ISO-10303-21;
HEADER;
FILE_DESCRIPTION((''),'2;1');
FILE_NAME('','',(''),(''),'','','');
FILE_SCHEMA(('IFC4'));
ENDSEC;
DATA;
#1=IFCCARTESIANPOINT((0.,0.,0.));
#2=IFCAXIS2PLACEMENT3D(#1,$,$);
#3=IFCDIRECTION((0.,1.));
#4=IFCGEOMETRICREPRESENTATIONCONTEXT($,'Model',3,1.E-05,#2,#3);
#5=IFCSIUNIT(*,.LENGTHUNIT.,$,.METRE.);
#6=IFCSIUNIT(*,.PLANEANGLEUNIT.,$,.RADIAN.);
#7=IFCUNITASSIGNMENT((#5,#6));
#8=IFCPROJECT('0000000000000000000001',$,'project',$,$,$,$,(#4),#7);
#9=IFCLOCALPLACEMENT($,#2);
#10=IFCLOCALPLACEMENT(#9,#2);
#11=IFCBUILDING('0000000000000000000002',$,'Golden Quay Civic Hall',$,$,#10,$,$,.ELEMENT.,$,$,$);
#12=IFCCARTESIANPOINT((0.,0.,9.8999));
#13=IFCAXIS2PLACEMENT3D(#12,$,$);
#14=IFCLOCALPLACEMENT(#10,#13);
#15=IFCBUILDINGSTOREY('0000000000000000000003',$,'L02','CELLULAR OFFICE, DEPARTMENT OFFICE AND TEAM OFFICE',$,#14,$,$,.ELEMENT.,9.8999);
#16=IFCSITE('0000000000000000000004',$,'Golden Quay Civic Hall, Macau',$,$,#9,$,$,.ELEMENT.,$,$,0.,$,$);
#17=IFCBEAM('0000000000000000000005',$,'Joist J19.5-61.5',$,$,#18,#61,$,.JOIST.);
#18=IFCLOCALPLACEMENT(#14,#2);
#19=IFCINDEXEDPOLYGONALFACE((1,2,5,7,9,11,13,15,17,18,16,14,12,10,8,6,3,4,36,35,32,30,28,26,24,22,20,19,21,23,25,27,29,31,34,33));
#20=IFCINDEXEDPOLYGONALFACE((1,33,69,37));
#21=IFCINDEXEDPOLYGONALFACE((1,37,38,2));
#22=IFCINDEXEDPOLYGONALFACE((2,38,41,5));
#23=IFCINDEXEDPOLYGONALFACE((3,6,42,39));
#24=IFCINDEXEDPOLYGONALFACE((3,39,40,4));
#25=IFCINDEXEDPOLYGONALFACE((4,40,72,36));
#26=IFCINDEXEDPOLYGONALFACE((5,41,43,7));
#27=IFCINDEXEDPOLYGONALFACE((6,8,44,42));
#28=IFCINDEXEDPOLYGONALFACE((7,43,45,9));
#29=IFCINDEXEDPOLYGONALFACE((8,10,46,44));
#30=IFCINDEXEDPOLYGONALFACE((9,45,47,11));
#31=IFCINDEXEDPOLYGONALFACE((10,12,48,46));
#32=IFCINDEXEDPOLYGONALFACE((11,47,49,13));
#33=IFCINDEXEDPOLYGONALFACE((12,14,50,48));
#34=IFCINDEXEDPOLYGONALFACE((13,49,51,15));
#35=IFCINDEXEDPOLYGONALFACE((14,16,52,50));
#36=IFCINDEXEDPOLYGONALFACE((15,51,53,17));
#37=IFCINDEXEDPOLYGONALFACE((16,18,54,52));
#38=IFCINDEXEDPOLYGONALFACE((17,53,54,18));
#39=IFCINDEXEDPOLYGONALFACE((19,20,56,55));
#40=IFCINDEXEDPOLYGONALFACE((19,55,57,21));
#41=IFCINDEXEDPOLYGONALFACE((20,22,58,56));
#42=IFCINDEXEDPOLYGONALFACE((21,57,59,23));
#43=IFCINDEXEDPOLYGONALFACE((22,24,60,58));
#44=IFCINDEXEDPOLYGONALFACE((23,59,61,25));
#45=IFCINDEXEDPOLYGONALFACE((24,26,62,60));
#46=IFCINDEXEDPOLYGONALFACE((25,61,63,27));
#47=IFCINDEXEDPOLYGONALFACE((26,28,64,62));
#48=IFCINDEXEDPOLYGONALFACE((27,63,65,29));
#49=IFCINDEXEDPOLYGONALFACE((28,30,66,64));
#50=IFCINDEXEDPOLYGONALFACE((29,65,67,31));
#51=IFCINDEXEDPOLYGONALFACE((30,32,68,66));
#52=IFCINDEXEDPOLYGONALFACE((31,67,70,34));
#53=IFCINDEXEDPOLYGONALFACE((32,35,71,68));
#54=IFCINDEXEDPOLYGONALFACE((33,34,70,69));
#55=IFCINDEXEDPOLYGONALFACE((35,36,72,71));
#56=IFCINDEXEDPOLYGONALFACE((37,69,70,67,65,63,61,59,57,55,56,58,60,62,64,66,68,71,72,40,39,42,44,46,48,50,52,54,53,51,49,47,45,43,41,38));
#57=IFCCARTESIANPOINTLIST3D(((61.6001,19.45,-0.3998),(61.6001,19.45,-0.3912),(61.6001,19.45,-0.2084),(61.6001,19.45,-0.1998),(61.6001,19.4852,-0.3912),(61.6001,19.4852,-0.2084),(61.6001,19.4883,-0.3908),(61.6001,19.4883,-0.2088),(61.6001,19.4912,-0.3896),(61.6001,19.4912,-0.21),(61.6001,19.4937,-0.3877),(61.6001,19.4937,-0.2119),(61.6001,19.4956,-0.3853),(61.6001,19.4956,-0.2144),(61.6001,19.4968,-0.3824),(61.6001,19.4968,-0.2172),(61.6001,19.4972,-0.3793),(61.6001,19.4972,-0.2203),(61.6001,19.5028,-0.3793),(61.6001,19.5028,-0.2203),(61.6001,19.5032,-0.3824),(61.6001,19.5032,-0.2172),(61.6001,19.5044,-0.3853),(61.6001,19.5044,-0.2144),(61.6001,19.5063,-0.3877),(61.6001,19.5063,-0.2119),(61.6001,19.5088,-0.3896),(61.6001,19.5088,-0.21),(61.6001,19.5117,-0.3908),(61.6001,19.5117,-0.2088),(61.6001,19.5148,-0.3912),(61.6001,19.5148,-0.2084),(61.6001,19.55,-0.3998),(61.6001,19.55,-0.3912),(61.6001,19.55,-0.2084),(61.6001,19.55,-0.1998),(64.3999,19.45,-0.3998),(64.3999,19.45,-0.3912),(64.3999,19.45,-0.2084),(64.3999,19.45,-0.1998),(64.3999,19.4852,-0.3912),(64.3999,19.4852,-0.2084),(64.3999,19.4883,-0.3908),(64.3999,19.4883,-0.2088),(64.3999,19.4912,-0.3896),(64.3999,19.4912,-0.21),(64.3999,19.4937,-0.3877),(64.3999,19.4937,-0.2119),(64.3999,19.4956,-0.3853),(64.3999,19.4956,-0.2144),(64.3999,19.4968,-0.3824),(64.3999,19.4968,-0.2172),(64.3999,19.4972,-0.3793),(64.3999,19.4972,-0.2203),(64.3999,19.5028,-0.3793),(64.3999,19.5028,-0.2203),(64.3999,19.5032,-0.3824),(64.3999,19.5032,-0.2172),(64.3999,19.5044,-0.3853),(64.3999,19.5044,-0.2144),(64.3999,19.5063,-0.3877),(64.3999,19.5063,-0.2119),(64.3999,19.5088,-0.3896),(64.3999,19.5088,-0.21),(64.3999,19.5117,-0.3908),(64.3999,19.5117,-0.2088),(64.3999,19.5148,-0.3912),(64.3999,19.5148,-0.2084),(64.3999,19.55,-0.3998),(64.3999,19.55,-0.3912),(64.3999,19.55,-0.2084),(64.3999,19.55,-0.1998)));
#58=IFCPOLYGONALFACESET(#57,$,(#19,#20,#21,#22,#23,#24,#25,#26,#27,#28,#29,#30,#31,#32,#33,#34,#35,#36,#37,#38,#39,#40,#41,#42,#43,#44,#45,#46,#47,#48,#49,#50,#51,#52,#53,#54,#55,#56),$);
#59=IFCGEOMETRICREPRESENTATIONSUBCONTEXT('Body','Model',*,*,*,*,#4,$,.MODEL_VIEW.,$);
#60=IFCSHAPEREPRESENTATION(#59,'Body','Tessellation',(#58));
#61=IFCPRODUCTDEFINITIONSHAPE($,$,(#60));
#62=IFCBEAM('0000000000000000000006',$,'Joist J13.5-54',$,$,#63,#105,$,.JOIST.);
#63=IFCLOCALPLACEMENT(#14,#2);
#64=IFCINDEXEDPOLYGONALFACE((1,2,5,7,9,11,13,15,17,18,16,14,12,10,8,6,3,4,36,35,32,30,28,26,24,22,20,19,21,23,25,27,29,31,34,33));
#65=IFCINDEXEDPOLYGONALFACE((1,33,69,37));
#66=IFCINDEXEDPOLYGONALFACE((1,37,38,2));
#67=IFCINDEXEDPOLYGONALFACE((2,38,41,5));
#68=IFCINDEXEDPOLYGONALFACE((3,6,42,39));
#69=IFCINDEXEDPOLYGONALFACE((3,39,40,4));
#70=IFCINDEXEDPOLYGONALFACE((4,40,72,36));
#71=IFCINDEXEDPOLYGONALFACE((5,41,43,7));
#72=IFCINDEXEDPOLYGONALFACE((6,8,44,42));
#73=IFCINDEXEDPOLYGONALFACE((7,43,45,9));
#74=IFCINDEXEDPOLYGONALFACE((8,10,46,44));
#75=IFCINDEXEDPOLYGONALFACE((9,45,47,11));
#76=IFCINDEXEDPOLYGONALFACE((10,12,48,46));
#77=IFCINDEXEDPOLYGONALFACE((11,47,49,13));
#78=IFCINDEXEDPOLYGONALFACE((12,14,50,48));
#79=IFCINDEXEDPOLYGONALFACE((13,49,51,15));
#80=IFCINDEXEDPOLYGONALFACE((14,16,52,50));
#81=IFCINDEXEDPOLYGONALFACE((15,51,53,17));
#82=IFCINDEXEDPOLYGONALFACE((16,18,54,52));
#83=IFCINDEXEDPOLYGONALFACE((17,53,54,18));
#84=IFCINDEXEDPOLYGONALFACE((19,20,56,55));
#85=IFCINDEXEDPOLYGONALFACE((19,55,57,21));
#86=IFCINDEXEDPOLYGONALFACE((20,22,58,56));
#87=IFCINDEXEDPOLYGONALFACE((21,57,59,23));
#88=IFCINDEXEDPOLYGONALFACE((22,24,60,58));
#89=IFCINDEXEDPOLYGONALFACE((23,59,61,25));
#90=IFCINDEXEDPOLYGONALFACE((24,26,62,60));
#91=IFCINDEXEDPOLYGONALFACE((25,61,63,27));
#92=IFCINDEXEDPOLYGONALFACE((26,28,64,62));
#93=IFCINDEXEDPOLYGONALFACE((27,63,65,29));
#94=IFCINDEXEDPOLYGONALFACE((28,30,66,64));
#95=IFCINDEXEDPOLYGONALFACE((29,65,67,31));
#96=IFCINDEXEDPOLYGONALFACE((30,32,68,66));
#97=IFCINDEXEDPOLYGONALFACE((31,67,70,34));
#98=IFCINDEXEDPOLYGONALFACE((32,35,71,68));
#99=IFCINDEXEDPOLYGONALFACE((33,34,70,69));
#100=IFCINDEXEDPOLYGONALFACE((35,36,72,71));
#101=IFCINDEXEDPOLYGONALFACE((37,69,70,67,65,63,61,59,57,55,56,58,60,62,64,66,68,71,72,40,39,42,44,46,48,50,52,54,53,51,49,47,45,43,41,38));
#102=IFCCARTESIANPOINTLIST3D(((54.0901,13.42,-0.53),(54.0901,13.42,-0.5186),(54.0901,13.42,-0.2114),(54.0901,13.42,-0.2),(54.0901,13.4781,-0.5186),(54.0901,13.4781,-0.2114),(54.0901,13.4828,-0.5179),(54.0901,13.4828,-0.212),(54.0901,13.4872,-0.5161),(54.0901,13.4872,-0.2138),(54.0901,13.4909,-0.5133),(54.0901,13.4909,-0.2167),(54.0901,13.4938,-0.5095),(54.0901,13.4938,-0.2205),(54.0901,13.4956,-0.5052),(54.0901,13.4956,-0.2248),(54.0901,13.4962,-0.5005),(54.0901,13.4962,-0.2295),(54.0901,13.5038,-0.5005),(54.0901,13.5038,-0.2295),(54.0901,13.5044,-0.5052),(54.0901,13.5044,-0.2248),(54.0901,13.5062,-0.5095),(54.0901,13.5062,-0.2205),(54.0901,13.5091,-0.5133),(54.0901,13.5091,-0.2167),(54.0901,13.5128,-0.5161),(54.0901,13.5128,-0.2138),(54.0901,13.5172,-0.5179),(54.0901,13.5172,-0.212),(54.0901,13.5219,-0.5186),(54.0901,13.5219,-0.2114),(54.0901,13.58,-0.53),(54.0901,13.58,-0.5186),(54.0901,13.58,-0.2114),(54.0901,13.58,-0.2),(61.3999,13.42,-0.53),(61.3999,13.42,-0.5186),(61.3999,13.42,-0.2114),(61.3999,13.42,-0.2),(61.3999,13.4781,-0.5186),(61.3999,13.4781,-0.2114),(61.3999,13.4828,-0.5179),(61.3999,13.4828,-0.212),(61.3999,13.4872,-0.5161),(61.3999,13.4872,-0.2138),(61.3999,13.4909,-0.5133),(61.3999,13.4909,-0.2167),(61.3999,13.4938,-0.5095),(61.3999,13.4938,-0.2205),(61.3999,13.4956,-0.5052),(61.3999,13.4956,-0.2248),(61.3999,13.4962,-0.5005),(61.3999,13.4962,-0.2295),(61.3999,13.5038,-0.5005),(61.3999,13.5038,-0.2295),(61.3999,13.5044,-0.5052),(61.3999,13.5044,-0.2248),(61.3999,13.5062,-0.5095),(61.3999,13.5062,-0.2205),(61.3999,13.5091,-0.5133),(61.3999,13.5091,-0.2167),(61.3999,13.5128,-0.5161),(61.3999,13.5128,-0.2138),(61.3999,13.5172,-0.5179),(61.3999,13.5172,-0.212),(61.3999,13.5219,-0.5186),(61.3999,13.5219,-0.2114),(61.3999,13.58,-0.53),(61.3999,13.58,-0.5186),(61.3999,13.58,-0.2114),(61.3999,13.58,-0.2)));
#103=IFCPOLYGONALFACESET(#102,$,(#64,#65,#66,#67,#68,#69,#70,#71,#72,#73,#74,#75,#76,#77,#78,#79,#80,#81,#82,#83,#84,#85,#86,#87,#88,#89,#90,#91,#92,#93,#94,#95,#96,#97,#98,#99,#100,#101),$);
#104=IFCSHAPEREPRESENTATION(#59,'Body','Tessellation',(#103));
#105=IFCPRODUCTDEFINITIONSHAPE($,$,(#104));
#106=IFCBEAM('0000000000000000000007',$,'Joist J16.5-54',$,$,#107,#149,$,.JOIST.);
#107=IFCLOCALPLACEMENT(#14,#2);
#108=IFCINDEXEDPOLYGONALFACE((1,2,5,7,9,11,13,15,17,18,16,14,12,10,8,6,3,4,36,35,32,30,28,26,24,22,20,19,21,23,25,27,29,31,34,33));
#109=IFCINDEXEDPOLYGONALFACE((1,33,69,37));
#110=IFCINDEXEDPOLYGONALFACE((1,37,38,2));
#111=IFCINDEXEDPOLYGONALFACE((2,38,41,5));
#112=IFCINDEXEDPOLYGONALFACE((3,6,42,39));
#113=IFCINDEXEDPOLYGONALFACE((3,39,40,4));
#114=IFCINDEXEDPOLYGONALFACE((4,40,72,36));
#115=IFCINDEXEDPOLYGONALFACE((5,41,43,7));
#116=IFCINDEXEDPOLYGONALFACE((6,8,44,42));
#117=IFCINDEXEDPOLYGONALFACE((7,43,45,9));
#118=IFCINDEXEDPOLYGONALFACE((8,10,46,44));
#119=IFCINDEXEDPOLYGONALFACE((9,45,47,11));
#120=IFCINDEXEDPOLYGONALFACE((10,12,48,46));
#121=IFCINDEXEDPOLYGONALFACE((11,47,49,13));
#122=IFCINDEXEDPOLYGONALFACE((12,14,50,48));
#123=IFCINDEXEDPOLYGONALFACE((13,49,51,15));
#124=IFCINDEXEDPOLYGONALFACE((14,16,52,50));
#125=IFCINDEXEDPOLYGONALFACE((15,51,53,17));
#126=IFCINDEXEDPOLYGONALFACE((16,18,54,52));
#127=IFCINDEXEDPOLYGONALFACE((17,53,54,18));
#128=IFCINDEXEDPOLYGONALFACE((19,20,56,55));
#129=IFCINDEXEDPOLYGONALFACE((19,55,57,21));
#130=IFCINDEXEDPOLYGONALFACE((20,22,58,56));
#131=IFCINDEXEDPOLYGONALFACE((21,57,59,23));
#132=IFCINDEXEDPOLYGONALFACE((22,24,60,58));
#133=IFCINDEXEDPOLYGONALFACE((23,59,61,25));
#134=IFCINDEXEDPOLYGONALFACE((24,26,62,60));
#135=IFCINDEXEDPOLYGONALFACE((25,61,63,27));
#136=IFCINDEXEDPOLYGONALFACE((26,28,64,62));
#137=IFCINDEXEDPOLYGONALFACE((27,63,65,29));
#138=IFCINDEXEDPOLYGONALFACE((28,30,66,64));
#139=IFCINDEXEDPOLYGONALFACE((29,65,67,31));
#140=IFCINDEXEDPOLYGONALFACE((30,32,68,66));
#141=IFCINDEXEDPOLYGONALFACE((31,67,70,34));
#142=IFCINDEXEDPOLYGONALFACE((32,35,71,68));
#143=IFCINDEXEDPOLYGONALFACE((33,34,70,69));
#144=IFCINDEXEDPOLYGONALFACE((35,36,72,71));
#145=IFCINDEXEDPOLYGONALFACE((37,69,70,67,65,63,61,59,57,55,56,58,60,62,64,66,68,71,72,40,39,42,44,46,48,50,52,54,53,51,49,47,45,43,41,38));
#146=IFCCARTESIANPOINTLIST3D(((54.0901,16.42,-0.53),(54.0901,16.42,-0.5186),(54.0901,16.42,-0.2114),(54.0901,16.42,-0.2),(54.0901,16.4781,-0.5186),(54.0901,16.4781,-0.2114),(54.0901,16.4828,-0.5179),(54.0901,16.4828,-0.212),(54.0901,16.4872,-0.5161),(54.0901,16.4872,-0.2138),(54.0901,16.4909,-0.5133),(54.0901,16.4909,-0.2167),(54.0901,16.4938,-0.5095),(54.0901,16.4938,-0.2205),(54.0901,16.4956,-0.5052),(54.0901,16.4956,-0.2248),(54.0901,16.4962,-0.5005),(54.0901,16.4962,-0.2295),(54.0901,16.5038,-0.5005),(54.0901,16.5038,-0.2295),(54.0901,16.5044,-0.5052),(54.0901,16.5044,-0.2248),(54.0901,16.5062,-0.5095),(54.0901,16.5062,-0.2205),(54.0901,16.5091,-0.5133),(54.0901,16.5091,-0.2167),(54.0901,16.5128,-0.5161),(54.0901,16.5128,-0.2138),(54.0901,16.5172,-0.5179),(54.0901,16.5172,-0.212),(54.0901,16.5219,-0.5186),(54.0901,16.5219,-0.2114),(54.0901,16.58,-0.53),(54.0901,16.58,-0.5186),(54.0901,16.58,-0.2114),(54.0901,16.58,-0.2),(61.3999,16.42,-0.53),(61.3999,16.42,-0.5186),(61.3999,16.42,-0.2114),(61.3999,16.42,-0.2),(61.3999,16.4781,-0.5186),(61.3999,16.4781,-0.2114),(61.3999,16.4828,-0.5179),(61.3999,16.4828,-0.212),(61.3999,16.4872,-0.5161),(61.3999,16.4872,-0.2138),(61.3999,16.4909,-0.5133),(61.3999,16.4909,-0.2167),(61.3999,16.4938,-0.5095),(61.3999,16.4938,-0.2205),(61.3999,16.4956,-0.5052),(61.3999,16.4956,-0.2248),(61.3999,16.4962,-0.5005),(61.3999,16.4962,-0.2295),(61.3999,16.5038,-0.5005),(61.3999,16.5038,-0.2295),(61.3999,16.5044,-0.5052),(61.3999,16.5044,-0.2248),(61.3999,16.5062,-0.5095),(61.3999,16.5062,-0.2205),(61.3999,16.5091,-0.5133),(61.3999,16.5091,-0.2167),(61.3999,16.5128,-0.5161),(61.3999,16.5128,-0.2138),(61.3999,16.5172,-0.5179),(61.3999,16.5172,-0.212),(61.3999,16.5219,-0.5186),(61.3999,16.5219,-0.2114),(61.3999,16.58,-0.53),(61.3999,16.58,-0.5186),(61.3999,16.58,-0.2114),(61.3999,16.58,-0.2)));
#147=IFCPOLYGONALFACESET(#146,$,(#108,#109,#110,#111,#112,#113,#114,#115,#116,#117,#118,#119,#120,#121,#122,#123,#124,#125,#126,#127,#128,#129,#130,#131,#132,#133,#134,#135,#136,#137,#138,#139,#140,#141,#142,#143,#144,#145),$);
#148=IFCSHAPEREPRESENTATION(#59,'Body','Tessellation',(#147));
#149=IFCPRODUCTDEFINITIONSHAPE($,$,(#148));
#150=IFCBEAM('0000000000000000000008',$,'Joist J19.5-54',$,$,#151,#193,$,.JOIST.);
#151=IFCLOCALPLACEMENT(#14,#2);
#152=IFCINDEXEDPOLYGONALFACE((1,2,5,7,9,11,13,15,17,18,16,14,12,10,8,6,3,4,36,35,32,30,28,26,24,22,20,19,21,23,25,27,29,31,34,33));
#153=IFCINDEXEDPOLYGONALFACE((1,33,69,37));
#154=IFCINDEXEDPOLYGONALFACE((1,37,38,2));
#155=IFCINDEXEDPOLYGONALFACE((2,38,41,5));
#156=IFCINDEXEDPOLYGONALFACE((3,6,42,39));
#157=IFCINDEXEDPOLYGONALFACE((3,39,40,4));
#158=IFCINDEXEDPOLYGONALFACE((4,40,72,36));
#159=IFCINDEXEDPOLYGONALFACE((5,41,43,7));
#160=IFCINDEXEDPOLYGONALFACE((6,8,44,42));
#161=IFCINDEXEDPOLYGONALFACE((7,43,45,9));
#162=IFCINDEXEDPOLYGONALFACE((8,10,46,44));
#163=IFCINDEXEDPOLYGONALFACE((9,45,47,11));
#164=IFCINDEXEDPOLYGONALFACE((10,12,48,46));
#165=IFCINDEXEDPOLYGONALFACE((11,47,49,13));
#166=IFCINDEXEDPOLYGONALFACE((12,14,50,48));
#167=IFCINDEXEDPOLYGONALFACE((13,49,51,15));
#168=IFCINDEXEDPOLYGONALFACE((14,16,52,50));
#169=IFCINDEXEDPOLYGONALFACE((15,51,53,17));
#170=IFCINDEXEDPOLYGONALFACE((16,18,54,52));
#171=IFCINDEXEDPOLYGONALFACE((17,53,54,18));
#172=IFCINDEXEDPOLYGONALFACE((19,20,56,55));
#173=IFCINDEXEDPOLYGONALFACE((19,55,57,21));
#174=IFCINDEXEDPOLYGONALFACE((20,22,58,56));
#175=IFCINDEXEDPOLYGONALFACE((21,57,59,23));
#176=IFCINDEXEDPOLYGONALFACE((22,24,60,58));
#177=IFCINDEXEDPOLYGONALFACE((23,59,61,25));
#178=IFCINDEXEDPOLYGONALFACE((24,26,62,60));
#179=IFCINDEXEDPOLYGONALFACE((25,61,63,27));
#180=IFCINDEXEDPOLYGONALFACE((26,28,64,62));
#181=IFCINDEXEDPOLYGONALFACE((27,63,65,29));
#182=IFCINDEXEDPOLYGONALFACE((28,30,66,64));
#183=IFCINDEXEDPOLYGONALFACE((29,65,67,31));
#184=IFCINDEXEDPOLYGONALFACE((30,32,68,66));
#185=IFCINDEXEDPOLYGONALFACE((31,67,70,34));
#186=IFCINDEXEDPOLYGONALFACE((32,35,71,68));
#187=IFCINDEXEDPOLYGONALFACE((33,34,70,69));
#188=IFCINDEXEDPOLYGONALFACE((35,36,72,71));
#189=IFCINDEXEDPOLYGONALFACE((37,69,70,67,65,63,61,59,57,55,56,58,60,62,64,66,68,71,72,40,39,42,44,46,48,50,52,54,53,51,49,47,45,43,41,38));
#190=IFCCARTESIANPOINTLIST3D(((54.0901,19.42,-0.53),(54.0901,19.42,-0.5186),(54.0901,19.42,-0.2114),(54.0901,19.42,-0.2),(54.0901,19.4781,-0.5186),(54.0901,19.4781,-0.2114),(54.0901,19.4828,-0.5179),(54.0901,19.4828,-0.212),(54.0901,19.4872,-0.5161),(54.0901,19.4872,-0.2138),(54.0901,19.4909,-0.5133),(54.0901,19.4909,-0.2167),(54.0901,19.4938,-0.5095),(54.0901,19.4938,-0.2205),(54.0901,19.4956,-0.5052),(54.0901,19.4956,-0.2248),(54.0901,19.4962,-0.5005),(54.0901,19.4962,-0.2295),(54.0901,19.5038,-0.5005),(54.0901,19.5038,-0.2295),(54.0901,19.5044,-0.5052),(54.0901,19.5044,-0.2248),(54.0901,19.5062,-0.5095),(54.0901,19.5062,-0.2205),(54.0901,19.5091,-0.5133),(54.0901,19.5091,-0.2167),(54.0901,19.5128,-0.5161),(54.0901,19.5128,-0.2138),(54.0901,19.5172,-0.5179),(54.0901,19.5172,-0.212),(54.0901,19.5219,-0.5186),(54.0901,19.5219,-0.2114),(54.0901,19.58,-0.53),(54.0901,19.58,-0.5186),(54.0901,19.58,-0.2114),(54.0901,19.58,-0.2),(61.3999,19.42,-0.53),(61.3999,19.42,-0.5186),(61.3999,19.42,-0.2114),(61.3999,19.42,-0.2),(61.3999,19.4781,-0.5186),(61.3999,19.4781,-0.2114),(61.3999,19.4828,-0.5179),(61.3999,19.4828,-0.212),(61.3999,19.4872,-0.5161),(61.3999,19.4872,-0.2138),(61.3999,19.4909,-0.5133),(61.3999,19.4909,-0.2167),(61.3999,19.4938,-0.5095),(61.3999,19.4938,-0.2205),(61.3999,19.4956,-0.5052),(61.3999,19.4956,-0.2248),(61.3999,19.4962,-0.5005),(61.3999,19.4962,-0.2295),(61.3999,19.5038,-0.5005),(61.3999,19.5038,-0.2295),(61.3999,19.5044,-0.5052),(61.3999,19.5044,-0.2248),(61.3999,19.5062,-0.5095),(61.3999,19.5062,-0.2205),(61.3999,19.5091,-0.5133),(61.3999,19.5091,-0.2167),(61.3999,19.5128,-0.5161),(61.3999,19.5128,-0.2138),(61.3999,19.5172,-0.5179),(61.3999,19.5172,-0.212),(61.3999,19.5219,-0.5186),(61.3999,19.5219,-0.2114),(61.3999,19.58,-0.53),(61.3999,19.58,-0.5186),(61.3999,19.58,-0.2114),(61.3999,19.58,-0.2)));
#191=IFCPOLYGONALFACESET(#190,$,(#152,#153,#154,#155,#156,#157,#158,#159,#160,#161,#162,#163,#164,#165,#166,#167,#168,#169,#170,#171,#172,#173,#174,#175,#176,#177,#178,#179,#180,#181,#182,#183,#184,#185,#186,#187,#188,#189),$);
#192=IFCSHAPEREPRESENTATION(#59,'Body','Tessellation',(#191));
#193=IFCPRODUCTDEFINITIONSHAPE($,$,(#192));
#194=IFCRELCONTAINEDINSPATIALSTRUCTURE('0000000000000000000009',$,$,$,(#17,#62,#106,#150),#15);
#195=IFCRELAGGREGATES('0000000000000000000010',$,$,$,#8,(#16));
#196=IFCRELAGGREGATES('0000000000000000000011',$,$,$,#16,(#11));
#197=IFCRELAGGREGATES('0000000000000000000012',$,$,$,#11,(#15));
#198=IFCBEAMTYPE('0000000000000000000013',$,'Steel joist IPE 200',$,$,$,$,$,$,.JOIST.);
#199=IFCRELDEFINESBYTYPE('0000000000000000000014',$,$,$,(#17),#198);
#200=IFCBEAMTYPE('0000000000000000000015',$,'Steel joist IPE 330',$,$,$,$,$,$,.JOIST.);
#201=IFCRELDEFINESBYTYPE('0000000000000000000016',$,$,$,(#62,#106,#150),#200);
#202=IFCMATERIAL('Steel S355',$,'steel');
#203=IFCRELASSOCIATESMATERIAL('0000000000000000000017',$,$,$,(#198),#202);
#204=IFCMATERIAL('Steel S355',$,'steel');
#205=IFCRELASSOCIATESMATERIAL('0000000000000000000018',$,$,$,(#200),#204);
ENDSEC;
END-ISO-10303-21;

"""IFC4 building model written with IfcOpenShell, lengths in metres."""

from ifc_helpers import new_model, si_unit, direction, frame, origin, origin_2d, place, context, subcontext, project, spatial, i_section, extrude, material, material_profile, profile_set, type_object, element, save


model = new_model("IFC4")

# Units and contexts
model_context = context("Model", 3, precision=1e-05, world=origin(), true_north=direction((0.0, 1.0)))
body_context = subcontext(model_context, "Body", "Model", "MODEL_VIEW")
ifc_project = project(units=[si_unit("LENGTHUNIT", "METRE"), si_unit("PLANEANGLEUNIT", "RADIAN")], contexts=[model_context])

# Site, building, storey
site_placement = place(None, origin())
site = spatial("IfcSite", under=ifc_project, at=site_placement, Name="Golden Quay Civic Hall, Macau", CompositionType="ELEMENT", RefElevation=0.0)
building_placement = place(site_placement, origin())
building = spatial("IfcBuilding", under=site, at=building_placement, Name="Golden Quay Civic Hall", CompositionType="ELEMENT")
storey_placement = place(building_placement, frame((0.0, 0.0, 9.8999)))
storey = spatial("IfcBuildingStorey", under=building, at=storey_placement, Name="L02", Description="CELLULAR OFFICE, DEPARTMENT OFFICE AND TEAM OFFICE", CompositionType="ELEMENT", Elevation=9.8999)

# Beams
ifc_material_1 = material(Name="Steel S355", Category="steel")
ifc_material_profile_1 = material_profile(ifc_material_1, i_section(OverallWidth=0.1001, OverallDepth=0.2, WebThickness=0.0056, FlangeThickness=0.0085, FilletRadius=0.012, at=origin_2d()), Name="IPE 200")
ifc_profile_set_1 = profile_set([ifc_material_profile_1], Name="Steel S355")
beam_type_1 = type_object("IfcBeamType", Name="Steel joist IPE 200", PredefinedType="JOIST", material=ifc_profile_set_1)
for number, where, z_axis, x_axis, name in (
    (1, (61.6001, 19.5, -0.2998), (1.0, 0.0, 0.0), (0.0, 1.0, 0.0), "Joist J19.5-61.5"),
):
    element("IfcBeam", number, at=place(storey_placement, frame(where, z_axis=z_axis, x_axis=x_axis)), inside=storey, type_object=beam_type_1, Name=name, PredefinedType="JOIST", context=body_context, shape_type="SweptSolid", body=[
        extrude(i_section(OverallWidth=0.1001, OverallDepth=0.2, WebThickness=0.0056, FlangeThickness=0.0085, FilletRadius=0.012, at=origin_2d()), origin(), (0.0, 0.0, 1.0), 2.7998),
    ])
ifc_material_2 = material(Name="Steel S355", Category="steel")
ifc_material_profile_2 = material_profile(ifc_material_2, i_section(OverallWidth=0.1599, OverallDepth=0.3301, WebThickness=0.0076, FlangeThickness=0.0115, FilletRadius=0.0181, at=origin_2d()), Name="IPE 330")
ifc_profile_set_2 = profile_set([ifc_material_profile_2], Name="Steel S355")
beam_type_2 = type_object("IfcBeamType", Name="Steel joist IPE 330", PredefinedType="JOIST", material=ifc_profile_set_2)
for number, where, z_axis, x_axis, name in (
    (2, (54.0901, 13.5, -0.365), (1.0, 0.0, 0.0), (0.0, 1.0, 0.0), "Joist J13.5-54"),
    (3, (54.0901, 16.5, -0.365), (1.0, 0.0, 0.0), (0.0, 1.0, 0.0), "Joist J16.5-54"),
    (4, (54.0901, 19.5, -0.365), (1.0, 0.0, 0.0), (0.0, 1.0, 0.0), "Joist J19.5-54"),
):
    element("IfcBeam", number, at=place(storey_placement, frame(where, z_axis=z_axis, x_axis=x_axis)), inside=storey, type_object=beam_type_2, Name=name, PredefinedType="JOIST", context=body_context, shape_type="SweptSolid", body=[
        extrude(i_section(OverallWidth=0.1599, OverallDepth=0.3301, WebThickness=0.0076, FlangeThickness=0.0115, FilletRadius=0.0181, at=origin_2d()), origin(), (0.0, 0.0, 1.0), 7.3098),
    ])

save(model, "model.ifc")
